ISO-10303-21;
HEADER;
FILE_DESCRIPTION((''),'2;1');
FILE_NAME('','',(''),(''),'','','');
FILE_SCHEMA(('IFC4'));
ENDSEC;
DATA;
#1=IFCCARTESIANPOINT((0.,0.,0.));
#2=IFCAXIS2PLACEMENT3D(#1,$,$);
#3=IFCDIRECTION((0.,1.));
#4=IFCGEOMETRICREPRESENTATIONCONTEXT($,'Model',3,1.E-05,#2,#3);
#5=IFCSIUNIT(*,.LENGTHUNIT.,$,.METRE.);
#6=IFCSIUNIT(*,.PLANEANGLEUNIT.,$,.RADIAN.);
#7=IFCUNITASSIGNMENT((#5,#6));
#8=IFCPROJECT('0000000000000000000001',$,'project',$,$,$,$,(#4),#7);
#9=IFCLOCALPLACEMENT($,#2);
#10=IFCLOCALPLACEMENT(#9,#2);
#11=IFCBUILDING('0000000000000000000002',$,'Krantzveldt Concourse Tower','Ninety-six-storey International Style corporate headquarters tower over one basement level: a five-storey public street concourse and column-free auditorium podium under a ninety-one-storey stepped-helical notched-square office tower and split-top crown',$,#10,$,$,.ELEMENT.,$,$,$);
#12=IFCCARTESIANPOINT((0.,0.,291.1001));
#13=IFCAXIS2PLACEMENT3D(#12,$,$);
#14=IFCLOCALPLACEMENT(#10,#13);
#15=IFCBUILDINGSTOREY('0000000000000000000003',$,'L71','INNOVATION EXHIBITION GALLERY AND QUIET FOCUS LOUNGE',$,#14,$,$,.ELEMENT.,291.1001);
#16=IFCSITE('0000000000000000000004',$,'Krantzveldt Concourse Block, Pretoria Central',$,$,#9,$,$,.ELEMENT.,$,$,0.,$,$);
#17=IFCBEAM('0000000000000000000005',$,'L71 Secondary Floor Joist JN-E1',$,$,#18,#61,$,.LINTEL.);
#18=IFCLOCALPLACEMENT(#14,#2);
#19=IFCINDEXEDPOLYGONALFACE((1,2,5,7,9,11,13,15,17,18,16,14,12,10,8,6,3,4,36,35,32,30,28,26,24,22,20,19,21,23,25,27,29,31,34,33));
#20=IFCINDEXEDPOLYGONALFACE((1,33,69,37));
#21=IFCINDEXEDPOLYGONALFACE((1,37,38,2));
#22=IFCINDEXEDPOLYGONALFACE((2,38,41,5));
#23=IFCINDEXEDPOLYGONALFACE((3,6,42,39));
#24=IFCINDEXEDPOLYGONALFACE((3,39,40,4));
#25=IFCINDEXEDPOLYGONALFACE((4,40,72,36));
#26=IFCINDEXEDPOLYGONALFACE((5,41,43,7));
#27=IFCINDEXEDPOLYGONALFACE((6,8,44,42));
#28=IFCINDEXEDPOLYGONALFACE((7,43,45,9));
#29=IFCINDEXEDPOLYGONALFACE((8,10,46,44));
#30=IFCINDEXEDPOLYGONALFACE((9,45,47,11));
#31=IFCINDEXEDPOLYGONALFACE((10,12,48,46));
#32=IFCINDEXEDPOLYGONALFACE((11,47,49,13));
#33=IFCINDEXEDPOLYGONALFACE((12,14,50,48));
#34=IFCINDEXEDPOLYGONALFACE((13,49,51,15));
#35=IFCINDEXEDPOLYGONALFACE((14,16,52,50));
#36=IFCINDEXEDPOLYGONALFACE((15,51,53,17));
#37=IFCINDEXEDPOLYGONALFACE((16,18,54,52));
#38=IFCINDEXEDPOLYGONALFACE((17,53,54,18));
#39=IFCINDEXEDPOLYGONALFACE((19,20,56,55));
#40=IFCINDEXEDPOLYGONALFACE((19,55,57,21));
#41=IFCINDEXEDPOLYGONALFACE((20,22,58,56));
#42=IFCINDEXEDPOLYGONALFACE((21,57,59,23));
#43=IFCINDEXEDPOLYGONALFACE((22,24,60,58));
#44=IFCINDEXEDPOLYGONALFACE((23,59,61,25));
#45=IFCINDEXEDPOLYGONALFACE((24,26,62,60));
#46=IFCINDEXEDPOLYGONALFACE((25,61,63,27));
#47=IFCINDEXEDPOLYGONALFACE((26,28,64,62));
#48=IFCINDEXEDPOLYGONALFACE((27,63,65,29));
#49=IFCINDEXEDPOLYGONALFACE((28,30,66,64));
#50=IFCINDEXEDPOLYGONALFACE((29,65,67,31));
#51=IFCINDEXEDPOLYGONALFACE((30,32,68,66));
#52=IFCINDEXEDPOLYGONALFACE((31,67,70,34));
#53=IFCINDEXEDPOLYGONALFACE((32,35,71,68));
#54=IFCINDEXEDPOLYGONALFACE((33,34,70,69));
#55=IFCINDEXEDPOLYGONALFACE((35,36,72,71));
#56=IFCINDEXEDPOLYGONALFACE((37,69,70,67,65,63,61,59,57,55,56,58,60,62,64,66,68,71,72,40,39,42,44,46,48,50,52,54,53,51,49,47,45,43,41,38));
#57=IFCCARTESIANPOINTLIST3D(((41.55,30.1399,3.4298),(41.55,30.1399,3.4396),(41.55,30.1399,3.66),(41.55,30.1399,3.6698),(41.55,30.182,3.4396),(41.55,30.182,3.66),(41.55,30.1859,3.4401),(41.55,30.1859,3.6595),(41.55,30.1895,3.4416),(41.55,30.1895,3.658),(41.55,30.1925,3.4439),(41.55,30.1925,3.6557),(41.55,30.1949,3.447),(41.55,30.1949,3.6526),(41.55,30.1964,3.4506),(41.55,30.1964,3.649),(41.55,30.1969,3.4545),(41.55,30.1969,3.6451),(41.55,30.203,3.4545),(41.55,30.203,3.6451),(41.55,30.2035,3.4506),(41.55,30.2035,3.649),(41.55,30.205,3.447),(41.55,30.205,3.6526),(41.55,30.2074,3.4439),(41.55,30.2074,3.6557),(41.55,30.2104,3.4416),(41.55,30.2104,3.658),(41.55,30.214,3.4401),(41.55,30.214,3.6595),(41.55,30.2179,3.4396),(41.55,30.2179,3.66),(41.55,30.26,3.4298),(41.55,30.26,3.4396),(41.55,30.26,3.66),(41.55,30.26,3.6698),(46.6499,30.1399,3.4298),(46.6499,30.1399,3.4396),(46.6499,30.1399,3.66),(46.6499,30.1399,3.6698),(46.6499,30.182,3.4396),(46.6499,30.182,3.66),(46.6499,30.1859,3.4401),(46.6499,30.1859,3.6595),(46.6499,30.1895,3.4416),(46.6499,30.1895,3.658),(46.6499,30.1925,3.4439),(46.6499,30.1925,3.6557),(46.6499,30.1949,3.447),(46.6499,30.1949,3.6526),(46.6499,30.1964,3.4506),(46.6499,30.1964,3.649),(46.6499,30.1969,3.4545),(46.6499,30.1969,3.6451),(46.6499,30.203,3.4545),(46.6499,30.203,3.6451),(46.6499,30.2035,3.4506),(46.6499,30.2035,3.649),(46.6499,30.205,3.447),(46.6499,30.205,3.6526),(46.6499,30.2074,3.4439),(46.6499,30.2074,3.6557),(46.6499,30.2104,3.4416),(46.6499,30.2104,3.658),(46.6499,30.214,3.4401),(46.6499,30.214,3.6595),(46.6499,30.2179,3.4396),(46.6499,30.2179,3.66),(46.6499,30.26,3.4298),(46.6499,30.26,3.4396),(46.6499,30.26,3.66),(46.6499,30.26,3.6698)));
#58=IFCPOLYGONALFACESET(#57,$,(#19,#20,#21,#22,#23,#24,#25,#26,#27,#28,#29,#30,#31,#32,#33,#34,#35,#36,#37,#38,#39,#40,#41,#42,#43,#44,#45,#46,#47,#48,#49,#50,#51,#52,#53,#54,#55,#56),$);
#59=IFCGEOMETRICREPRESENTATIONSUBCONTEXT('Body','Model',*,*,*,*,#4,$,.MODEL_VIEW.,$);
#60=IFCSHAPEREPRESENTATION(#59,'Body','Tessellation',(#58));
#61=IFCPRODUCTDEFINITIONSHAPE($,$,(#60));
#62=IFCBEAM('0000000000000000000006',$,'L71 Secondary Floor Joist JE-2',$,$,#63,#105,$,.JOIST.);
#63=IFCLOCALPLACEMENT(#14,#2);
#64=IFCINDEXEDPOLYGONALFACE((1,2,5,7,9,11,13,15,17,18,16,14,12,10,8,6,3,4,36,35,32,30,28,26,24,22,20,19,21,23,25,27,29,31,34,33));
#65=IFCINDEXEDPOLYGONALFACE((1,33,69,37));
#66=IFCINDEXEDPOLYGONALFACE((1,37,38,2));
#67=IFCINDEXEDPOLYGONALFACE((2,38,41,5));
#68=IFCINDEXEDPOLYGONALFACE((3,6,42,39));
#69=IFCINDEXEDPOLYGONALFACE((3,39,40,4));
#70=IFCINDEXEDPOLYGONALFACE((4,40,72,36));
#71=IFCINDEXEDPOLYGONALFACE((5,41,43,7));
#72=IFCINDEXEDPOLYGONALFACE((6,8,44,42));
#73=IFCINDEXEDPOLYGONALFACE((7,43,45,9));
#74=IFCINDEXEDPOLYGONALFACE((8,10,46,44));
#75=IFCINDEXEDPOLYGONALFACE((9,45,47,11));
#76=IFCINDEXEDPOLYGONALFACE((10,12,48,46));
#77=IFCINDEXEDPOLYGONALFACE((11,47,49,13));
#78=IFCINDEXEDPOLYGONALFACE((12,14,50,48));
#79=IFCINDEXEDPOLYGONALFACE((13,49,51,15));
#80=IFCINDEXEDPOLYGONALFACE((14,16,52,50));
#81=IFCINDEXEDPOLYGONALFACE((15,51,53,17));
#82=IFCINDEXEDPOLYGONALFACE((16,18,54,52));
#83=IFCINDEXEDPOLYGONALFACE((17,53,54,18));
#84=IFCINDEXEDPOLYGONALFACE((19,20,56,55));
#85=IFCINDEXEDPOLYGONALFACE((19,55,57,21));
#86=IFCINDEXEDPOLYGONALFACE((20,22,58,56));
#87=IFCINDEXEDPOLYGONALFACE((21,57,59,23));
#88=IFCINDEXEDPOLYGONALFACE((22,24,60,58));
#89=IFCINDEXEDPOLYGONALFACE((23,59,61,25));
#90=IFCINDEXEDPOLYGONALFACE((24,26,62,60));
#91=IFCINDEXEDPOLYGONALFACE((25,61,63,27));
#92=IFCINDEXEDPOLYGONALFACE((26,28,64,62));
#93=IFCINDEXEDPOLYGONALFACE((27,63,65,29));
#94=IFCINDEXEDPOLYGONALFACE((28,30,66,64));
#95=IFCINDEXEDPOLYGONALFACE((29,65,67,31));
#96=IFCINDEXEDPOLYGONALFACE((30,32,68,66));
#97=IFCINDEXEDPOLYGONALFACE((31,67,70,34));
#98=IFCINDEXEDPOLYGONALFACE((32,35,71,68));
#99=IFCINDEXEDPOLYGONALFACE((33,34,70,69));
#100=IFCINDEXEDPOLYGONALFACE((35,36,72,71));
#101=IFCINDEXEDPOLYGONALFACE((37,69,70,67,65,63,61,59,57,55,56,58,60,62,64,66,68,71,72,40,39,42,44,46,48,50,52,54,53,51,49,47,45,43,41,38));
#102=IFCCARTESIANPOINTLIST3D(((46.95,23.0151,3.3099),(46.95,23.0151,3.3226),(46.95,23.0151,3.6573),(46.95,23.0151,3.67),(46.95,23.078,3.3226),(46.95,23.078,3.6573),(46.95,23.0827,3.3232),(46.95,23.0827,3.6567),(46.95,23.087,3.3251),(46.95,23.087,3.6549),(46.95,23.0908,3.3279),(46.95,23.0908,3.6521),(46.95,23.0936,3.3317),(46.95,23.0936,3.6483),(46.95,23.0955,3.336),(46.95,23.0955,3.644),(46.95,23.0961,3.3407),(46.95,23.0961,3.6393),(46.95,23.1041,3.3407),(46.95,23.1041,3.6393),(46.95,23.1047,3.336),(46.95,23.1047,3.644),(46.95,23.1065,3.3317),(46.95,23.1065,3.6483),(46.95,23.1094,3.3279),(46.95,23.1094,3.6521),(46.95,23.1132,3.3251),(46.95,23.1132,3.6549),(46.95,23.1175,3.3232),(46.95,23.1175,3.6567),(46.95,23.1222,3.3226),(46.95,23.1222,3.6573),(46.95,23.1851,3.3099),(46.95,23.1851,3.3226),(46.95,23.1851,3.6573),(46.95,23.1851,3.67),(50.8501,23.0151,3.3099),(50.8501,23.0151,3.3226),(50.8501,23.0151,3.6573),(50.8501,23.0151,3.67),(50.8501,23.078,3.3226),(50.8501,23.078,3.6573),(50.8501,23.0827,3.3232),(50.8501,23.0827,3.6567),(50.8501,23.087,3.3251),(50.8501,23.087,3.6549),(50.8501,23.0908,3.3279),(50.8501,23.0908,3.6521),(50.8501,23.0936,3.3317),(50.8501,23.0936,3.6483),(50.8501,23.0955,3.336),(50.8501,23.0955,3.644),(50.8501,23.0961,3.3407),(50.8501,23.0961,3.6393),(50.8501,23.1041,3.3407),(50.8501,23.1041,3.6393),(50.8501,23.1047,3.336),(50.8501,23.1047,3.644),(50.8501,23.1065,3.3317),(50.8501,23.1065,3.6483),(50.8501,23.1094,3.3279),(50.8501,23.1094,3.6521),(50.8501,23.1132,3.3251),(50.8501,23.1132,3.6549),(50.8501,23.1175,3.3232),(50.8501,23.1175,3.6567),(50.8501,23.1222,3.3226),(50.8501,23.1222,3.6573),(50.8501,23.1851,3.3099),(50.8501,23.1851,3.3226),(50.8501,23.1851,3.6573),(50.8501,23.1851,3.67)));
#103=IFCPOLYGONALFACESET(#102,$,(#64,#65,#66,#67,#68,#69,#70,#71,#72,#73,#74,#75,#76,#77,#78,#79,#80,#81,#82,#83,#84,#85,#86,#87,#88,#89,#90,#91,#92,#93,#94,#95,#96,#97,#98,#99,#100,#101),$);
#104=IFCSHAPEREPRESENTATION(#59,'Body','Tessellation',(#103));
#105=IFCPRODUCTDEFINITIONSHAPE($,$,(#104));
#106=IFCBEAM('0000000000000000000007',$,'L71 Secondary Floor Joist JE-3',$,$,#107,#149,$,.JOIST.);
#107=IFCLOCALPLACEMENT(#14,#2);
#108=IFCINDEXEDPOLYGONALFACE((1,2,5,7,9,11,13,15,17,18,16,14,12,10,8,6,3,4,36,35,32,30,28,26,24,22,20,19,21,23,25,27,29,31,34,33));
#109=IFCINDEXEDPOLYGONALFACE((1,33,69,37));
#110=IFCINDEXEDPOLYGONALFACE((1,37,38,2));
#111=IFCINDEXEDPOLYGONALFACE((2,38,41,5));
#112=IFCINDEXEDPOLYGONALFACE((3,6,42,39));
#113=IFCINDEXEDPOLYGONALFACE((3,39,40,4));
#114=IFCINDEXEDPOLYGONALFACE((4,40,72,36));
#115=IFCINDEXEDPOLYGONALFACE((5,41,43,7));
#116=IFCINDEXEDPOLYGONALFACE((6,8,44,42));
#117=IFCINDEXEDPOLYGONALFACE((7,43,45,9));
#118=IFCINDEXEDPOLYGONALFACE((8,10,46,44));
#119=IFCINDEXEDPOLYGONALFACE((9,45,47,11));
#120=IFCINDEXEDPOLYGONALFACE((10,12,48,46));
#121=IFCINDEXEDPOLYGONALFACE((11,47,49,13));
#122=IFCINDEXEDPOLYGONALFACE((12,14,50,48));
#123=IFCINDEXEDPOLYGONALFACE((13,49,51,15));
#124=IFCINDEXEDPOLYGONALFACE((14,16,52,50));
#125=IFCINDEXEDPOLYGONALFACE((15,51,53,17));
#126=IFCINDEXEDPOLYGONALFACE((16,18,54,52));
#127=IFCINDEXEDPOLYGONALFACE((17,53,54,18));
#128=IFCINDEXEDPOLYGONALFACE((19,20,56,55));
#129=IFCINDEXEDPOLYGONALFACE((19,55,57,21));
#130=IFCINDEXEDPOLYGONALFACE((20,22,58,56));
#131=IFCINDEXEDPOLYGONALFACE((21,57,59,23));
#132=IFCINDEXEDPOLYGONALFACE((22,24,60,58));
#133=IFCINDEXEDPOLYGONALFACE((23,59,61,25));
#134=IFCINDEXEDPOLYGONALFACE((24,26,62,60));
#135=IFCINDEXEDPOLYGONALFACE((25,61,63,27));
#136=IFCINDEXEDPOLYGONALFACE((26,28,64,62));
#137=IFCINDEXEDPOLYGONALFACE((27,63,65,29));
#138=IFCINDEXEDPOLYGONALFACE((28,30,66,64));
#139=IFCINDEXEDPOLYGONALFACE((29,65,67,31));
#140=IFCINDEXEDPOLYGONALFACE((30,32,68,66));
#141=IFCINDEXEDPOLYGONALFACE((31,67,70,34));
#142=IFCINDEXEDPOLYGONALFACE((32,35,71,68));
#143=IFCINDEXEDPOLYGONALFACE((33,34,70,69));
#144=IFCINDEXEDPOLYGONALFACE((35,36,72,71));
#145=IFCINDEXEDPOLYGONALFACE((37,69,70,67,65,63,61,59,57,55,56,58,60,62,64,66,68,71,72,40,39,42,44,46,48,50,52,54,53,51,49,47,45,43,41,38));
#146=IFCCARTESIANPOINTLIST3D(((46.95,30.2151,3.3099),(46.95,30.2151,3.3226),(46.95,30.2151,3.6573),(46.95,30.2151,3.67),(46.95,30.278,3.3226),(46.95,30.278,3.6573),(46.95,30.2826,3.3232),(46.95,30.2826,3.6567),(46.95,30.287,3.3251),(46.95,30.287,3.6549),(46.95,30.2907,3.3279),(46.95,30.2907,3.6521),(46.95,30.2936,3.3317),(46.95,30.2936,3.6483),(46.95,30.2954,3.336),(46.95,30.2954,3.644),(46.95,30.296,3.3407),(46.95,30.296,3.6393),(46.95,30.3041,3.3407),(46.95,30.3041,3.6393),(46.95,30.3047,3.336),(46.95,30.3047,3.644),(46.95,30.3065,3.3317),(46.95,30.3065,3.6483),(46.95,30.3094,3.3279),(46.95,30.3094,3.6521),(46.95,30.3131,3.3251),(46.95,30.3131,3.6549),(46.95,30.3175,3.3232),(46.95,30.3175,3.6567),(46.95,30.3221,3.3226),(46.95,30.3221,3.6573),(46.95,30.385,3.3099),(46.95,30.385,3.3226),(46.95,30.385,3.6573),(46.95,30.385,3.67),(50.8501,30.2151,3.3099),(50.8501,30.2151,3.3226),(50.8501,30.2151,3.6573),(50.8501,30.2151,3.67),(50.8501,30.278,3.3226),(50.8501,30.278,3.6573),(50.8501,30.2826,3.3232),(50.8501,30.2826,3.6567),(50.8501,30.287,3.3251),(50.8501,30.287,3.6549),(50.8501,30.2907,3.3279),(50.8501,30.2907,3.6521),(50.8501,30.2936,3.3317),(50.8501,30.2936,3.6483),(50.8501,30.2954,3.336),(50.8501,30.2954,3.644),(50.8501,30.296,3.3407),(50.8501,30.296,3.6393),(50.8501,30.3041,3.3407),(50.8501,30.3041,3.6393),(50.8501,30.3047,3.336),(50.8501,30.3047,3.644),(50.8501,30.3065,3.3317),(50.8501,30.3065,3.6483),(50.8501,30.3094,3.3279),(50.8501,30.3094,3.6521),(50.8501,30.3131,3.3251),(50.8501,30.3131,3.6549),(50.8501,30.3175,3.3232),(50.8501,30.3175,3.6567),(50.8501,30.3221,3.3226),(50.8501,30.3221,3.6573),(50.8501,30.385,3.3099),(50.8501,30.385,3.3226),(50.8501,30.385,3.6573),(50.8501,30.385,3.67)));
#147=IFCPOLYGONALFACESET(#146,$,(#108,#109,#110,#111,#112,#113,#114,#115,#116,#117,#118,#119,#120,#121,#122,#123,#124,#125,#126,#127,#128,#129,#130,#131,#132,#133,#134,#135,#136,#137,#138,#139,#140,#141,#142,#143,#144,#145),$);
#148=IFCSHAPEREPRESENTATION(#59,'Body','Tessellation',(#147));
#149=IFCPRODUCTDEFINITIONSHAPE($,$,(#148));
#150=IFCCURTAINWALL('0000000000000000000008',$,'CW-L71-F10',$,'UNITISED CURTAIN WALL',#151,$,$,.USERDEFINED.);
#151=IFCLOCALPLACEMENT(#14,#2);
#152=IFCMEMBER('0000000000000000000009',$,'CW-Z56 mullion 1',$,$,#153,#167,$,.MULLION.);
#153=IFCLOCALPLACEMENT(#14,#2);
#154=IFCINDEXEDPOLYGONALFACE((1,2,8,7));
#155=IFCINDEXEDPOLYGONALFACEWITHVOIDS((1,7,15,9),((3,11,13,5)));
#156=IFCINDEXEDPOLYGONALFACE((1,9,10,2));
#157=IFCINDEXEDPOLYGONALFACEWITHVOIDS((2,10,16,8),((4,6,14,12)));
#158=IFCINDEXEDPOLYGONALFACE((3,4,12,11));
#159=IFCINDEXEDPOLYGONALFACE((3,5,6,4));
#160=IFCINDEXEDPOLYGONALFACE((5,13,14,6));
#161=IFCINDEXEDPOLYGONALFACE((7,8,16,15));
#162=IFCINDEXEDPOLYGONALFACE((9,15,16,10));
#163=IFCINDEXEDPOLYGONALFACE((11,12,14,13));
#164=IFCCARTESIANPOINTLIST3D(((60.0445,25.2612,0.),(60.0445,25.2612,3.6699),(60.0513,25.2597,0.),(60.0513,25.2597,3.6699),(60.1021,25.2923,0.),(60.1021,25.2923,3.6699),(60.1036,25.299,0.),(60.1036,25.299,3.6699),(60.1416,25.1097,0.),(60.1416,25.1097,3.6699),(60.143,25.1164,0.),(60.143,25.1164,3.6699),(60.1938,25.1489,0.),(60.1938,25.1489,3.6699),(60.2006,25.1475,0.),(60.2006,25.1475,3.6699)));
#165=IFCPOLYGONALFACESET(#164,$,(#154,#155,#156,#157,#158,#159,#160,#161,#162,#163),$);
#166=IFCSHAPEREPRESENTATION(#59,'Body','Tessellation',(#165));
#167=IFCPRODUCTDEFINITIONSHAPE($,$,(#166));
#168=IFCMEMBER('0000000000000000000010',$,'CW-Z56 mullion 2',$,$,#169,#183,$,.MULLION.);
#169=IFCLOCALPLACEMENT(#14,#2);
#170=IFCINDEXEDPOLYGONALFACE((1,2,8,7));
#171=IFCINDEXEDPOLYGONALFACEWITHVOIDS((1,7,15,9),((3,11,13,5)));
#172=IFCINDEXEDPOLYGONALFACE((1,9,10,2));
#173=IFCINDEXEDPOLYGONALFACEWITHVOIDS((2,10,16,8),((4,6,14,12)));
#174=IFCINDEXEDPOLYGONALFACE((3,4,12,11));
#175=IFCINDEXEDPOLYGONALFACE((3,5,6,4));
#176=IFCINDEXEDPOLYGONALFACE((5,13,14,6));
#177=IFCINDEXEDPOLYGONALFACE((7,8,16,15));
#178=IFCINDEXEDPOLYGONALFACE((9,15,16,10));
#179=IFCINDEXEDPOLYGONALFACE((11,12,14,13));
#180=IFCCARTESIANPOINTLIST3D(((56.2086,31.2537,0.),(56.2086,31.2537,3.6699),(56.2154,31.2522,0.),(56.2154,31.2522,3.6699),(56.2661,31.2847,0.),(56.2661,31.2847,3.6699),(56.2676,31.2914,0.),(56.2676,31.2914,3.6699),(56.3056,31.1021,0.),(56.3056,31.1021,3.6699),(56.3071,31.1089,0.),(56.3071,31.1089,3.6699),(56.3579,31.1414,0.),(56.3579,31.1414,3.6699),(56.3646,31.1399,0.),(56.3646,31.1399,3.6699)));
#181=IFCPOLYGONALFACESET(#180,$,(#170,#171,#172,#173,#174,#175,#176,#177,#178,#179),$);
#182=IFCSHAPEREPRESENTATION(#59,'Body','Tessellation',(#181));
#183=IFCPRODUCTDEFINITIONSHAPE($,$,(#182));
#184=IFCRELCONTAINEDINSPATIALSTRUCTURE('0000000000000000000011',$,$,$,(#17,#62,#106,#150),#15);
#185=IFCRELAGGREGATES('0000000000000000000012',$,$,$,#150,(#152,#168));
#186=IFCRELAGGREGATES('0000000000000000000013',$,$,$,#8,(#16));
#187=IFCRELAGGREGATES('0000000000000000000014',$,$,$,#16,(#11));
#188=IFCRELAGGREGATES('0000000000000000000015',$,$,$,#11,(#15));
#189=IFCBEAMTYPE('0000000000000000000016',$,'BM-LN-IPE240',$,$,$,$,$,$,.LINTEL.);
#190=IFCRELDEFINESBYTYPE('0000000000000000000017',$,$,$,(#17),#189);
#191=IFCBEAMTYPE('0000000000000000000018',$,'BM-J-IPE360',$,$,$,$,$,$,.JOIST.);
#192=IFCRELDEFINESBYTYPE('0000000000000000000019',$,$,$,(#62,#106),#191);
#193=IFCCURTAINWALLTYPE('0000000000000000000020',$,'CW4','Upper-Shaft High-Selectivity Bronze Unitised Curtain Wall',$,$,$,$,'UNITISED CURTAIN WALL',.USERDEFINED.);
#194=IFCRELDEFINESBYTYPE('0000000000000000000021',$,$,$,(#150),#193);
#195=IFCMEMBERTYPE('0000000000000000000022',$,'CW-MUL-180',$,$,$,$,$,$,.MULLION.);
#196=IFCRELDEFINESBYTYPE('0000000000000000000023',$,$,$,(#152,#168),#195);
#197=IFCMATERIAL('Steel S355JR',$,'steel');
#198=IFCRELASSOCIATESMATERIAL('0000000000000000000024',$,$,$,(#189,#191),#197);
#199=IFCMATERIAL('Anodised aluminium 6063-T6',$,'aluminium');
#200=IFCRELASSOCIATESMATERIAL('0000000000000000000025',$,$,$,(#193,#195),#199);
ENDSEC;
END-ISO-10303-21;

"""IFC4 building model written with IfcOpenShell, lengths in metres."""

from ifc_helpers import new_model, si_unit, direction, frame, origin, origin_2d, place, context, subcontext, project, spatial, hollow_rectangle, i_section, extrude, source, transform, mapped, material, material_profile, profile_set, type_object, type_shapes, element, aggregate, save


model = new_model("IFC4")

# Units and contexts
model_context = context("Model", 3, precision=1e-05, world=origin(), true_north=direction((0.0, 1.0)))
body_context = subcontext(model_context, "Body", "Model", "MODEL_VIEW")
ifc_project = project(units=[si_unit("LENGTHUNIT", "METRE"), si_unit("PLANEANGLEUNIT", "RADIAN")], contexts=[model_context])

# Site, building, storey
site_placement = place(None, origin())
site = spatial("IfcSite", under=ifc_project, at=site_placement, Name="Krantzveldt Concourse Block, Pretoria Central", CompositionType="ELEMENT", RefElevation=0.0)
building_placement = place(site_placement, origin())
building = spatial("IfcBuilding", under=site, at=building_placement, Name="Krantzveldt Concourse Tower", Description="Ninety-six-storey International Style corporate headquarters tower over one basement level: a five-storey public street concourse and column-free auditorium podium under a ninety-one-storey stepped-helical notched-square office tower and split-top crown", CompositionType="ELEMENT")
storey_placement = place(building_placement, frame((0.0, 0.0, 291.1001)))
storey = spatial("IfcBuildingStorey", under=building, at=storey_placement, Name="L71", Description="INNOVATION EXHIBITION GALLERY AND QUIET FOCUS LOUNGE", CompositionType="ELEMENT", Elevation=291.1001)

# Beams
ifc_material_1 = material(Name="Steel S355JR", Category="steel")
ifc_material_profile_1 = material_profile(ifc_material_1, i_section(OverallWidth=0.1201, OverallDepth=0.24, WebThickness=0.0061, FlangeThickness=0.0098, FilletRadius=0.0149, at=origin_2d()), Name="Steel S355JR", Category="steel")
ifc_profile_set_1 = profile_set([ifc_material_profile_1], Name="Steel S355JR - IPE 240")
beam_type_1 = type_object("IfcBeamType", Name="BM-LN-IPE240", PredefinedType="LINTEL", material=ifc_profile_set_1)
shared_shape_1 = source(origin(), body_context, "Body", "SweptSolid", [
    extrude(i_section(OverallWidth=0.1201, OverallDepth=0.24, WebThickness=0.0061, FlangeThickness=0.0098, FilletRadius=0.0149, at=origin_2d()), origin(), (0.0, 0.0, 1.0), 5.0999),
])
type_shapes(beam_type_1, [shared_shape_1])
beam_1_placement = place(storey_placement, frame((41.55, 30.2, 3.5498), z_axis=(1.0, 0.0, 0.0), x_axis=(0.0, 1.0, 0.0)))
element("IfcBeam", 1, at=beam_1_placement, inside=storey, type_object=beam_type_1, Name="L71 Secondary Floor Joist JN-E1", PredefinedType="LINTEL", context=body_context, shape_type="MappedRepresentation", body=[
    mapped(shared_shape_1, transform((0.0, 0.0, 0.0), x_axis=(1.0, 0.0, 0.0), y_axis=(0.0, 1.0, 0.0), z_axis=(0.0, 0.0, 1.0), scale=1.0)),
])
ifc_material_profile_2 = material_profile(ifc_material_1, i_section(OverallWidth=0.1699, OverallDepth=0.3601, WebThickness=0.0081, FlangeThickness=0.0127, FilletRadius=0.0181, at=origin_2d()), Name="Steel S355JR", Category="steel")
ifc_profile_set_2 = profile_set([ifc_material_profile_2], Name="Steel S355JR - IPE 360")
beam_type_2 = type_object("IfcBeamType", Name="BM-J-IPE360", PredefinedType="JOIST", material=ifc_profile_set_2)
shared_shape_2 = source(origin(), body_context, "Body", "SweptSolid", [
    extrude(i_section(OverallWidth=0.1699, OverallDepth=0.3601, WebThickness=0.0081, FlangeThickness=0.0127, FilletRadius=0.0181, at=origin_2d()), origin(), (0.0, 0.0, 1.0), 3.9001),
])
type_shapes(beam_type_2, [shared_shape_2])
for number, where, z_axis, x_axis, name in (
    (2, (46.95, 23.1001, 3.49), (1.0, 0.0, 0.0), (0.0, 1.0, 0.0), "L71 Secondary Floor Joist JE-2"),
    (3, (46.95, 30.3, 3.49), (1.0, 0.0, 0.0), (0.0, 1.0, 0.0), "L71 Secondary Floor Joist JE-3"),
):
    element("IfcBeam", number, at=place(storey_placement, frame(where, z_axis=z_axis, x_axis=x_axis)), inside=storey, type_object=beam_type_2, Name=name, PredefinedType="JOIST", context=body_context, shape_type="MappedRepresentation", body=[
        mapped(shared_shape_2, transform((0.0, 0.0, 0.0), x_axis=(1.0, 0.0, 0.0), y_axis=(0.0, 1.0, 0.0), z_axis=(0.0, 0.0, 1.0), scale=1.0)),
    ])

# Curtain wall, members
ifc_material_2 = material(Name="Anodised aluminium 6063-T6", Category="aluminium")
curtain_wall_type = type_object("IfcCurtainWallType", Name="CW4", Description="Upper-Shaft High-Selectivity Bronze Unitised Curtain Wall", ElementType="UNITISED CURTAIN WALL", PredefinedType="USERDEFINED", material=ifc_material_2)
curtain_wall_placement = place(storey_placement, origin())
curtain_wall = element("IfcCurtainWall", 4, at=curtain_wall_placement, inside=storey, type_object=curtain_wall_type, Name="CW-L71-F10", ObjectType="UNITISED CURTAIN WALL", PredefinedType="USERDEFINED")
ifc_material_profile_3 = material_profile(ifc_material_2, hollow_rectangle(XDim=0.0701, YDim=0.1799, WallThickness=0.0049, at=origin_2d()), Name="Anodised aluminium 6063-T6", Category="aluminium")
ifc_profile_set_3 = profile_set([ifc_material_profile_3], Name="Anodised aluminium 6063-T6 - ALU-MULL 180x70x5")
member_type_1 = type_object("IfcMemberType", Name="CW-MUL-180", PredefinedType="MULLION", material=ifc_profile_set_3)
shared_shape_3 = source(origin(), body_context, "Body", "SweptSolid", [
    extrude(hollow_rectangle(XDim=0.0701, YDim=0.1799, WallThickness=0.0049, at=origin_2d()), origin(), (0.0, 0.0, 1.0), 3.6699),
])
type_shapes(member_type_1, [shared_shape_3])
member_1_placement = place(storey_placement, frame((60.1226, 25.2043, 0.0), z_axis=(0.0, 0.0, 1.0), x_axis=(-0.842217, -0.539138, 0.0)))
member_1 = element("IfcMember", 5, at=member_1_placement, type_object=member_type_1, Name="CW-Z56 mullion 1", PredefinedType="MULLION", context=body_context, shape_type="MappedRepresentation", body=[
    mapped(shared_shape_3, transform((0.0, 0.0, 0.0), x_axis=(1.0, 0.0, 0.0), y_axis=(0.0, 1.0, 0.0), z_axis=(0.0, 0.0, 1.0), scale=1.0)),
])
member_2_placement = place(storey_placement, frame((56.2866, 31.1968, 0.0), z_axis=(0.0, 0.0, 1.0), x_axis=(-0.842217, -0.539138, 0.0)))
member_2 = element("IfcMember", 6, at=member_2_placement, type_object=member_type_1, Name="CW-Z56 mullion 2", PredefinedType="MULLION", context=body_context, shape_type="MappedRepresentation", body=[
    mapped(shared_shape_3, transform((0.0, 0.0, 0.0), x_axis=(1.0, 0.0, 0.0), y_axis=(0.0, 1.0, 0.0), z_axis=(0.0, 0.0, 1.0), scale=1.0)),
])
aggregate(curtain_wall, [member_1, member_2])

save(model, "model.ifc")
